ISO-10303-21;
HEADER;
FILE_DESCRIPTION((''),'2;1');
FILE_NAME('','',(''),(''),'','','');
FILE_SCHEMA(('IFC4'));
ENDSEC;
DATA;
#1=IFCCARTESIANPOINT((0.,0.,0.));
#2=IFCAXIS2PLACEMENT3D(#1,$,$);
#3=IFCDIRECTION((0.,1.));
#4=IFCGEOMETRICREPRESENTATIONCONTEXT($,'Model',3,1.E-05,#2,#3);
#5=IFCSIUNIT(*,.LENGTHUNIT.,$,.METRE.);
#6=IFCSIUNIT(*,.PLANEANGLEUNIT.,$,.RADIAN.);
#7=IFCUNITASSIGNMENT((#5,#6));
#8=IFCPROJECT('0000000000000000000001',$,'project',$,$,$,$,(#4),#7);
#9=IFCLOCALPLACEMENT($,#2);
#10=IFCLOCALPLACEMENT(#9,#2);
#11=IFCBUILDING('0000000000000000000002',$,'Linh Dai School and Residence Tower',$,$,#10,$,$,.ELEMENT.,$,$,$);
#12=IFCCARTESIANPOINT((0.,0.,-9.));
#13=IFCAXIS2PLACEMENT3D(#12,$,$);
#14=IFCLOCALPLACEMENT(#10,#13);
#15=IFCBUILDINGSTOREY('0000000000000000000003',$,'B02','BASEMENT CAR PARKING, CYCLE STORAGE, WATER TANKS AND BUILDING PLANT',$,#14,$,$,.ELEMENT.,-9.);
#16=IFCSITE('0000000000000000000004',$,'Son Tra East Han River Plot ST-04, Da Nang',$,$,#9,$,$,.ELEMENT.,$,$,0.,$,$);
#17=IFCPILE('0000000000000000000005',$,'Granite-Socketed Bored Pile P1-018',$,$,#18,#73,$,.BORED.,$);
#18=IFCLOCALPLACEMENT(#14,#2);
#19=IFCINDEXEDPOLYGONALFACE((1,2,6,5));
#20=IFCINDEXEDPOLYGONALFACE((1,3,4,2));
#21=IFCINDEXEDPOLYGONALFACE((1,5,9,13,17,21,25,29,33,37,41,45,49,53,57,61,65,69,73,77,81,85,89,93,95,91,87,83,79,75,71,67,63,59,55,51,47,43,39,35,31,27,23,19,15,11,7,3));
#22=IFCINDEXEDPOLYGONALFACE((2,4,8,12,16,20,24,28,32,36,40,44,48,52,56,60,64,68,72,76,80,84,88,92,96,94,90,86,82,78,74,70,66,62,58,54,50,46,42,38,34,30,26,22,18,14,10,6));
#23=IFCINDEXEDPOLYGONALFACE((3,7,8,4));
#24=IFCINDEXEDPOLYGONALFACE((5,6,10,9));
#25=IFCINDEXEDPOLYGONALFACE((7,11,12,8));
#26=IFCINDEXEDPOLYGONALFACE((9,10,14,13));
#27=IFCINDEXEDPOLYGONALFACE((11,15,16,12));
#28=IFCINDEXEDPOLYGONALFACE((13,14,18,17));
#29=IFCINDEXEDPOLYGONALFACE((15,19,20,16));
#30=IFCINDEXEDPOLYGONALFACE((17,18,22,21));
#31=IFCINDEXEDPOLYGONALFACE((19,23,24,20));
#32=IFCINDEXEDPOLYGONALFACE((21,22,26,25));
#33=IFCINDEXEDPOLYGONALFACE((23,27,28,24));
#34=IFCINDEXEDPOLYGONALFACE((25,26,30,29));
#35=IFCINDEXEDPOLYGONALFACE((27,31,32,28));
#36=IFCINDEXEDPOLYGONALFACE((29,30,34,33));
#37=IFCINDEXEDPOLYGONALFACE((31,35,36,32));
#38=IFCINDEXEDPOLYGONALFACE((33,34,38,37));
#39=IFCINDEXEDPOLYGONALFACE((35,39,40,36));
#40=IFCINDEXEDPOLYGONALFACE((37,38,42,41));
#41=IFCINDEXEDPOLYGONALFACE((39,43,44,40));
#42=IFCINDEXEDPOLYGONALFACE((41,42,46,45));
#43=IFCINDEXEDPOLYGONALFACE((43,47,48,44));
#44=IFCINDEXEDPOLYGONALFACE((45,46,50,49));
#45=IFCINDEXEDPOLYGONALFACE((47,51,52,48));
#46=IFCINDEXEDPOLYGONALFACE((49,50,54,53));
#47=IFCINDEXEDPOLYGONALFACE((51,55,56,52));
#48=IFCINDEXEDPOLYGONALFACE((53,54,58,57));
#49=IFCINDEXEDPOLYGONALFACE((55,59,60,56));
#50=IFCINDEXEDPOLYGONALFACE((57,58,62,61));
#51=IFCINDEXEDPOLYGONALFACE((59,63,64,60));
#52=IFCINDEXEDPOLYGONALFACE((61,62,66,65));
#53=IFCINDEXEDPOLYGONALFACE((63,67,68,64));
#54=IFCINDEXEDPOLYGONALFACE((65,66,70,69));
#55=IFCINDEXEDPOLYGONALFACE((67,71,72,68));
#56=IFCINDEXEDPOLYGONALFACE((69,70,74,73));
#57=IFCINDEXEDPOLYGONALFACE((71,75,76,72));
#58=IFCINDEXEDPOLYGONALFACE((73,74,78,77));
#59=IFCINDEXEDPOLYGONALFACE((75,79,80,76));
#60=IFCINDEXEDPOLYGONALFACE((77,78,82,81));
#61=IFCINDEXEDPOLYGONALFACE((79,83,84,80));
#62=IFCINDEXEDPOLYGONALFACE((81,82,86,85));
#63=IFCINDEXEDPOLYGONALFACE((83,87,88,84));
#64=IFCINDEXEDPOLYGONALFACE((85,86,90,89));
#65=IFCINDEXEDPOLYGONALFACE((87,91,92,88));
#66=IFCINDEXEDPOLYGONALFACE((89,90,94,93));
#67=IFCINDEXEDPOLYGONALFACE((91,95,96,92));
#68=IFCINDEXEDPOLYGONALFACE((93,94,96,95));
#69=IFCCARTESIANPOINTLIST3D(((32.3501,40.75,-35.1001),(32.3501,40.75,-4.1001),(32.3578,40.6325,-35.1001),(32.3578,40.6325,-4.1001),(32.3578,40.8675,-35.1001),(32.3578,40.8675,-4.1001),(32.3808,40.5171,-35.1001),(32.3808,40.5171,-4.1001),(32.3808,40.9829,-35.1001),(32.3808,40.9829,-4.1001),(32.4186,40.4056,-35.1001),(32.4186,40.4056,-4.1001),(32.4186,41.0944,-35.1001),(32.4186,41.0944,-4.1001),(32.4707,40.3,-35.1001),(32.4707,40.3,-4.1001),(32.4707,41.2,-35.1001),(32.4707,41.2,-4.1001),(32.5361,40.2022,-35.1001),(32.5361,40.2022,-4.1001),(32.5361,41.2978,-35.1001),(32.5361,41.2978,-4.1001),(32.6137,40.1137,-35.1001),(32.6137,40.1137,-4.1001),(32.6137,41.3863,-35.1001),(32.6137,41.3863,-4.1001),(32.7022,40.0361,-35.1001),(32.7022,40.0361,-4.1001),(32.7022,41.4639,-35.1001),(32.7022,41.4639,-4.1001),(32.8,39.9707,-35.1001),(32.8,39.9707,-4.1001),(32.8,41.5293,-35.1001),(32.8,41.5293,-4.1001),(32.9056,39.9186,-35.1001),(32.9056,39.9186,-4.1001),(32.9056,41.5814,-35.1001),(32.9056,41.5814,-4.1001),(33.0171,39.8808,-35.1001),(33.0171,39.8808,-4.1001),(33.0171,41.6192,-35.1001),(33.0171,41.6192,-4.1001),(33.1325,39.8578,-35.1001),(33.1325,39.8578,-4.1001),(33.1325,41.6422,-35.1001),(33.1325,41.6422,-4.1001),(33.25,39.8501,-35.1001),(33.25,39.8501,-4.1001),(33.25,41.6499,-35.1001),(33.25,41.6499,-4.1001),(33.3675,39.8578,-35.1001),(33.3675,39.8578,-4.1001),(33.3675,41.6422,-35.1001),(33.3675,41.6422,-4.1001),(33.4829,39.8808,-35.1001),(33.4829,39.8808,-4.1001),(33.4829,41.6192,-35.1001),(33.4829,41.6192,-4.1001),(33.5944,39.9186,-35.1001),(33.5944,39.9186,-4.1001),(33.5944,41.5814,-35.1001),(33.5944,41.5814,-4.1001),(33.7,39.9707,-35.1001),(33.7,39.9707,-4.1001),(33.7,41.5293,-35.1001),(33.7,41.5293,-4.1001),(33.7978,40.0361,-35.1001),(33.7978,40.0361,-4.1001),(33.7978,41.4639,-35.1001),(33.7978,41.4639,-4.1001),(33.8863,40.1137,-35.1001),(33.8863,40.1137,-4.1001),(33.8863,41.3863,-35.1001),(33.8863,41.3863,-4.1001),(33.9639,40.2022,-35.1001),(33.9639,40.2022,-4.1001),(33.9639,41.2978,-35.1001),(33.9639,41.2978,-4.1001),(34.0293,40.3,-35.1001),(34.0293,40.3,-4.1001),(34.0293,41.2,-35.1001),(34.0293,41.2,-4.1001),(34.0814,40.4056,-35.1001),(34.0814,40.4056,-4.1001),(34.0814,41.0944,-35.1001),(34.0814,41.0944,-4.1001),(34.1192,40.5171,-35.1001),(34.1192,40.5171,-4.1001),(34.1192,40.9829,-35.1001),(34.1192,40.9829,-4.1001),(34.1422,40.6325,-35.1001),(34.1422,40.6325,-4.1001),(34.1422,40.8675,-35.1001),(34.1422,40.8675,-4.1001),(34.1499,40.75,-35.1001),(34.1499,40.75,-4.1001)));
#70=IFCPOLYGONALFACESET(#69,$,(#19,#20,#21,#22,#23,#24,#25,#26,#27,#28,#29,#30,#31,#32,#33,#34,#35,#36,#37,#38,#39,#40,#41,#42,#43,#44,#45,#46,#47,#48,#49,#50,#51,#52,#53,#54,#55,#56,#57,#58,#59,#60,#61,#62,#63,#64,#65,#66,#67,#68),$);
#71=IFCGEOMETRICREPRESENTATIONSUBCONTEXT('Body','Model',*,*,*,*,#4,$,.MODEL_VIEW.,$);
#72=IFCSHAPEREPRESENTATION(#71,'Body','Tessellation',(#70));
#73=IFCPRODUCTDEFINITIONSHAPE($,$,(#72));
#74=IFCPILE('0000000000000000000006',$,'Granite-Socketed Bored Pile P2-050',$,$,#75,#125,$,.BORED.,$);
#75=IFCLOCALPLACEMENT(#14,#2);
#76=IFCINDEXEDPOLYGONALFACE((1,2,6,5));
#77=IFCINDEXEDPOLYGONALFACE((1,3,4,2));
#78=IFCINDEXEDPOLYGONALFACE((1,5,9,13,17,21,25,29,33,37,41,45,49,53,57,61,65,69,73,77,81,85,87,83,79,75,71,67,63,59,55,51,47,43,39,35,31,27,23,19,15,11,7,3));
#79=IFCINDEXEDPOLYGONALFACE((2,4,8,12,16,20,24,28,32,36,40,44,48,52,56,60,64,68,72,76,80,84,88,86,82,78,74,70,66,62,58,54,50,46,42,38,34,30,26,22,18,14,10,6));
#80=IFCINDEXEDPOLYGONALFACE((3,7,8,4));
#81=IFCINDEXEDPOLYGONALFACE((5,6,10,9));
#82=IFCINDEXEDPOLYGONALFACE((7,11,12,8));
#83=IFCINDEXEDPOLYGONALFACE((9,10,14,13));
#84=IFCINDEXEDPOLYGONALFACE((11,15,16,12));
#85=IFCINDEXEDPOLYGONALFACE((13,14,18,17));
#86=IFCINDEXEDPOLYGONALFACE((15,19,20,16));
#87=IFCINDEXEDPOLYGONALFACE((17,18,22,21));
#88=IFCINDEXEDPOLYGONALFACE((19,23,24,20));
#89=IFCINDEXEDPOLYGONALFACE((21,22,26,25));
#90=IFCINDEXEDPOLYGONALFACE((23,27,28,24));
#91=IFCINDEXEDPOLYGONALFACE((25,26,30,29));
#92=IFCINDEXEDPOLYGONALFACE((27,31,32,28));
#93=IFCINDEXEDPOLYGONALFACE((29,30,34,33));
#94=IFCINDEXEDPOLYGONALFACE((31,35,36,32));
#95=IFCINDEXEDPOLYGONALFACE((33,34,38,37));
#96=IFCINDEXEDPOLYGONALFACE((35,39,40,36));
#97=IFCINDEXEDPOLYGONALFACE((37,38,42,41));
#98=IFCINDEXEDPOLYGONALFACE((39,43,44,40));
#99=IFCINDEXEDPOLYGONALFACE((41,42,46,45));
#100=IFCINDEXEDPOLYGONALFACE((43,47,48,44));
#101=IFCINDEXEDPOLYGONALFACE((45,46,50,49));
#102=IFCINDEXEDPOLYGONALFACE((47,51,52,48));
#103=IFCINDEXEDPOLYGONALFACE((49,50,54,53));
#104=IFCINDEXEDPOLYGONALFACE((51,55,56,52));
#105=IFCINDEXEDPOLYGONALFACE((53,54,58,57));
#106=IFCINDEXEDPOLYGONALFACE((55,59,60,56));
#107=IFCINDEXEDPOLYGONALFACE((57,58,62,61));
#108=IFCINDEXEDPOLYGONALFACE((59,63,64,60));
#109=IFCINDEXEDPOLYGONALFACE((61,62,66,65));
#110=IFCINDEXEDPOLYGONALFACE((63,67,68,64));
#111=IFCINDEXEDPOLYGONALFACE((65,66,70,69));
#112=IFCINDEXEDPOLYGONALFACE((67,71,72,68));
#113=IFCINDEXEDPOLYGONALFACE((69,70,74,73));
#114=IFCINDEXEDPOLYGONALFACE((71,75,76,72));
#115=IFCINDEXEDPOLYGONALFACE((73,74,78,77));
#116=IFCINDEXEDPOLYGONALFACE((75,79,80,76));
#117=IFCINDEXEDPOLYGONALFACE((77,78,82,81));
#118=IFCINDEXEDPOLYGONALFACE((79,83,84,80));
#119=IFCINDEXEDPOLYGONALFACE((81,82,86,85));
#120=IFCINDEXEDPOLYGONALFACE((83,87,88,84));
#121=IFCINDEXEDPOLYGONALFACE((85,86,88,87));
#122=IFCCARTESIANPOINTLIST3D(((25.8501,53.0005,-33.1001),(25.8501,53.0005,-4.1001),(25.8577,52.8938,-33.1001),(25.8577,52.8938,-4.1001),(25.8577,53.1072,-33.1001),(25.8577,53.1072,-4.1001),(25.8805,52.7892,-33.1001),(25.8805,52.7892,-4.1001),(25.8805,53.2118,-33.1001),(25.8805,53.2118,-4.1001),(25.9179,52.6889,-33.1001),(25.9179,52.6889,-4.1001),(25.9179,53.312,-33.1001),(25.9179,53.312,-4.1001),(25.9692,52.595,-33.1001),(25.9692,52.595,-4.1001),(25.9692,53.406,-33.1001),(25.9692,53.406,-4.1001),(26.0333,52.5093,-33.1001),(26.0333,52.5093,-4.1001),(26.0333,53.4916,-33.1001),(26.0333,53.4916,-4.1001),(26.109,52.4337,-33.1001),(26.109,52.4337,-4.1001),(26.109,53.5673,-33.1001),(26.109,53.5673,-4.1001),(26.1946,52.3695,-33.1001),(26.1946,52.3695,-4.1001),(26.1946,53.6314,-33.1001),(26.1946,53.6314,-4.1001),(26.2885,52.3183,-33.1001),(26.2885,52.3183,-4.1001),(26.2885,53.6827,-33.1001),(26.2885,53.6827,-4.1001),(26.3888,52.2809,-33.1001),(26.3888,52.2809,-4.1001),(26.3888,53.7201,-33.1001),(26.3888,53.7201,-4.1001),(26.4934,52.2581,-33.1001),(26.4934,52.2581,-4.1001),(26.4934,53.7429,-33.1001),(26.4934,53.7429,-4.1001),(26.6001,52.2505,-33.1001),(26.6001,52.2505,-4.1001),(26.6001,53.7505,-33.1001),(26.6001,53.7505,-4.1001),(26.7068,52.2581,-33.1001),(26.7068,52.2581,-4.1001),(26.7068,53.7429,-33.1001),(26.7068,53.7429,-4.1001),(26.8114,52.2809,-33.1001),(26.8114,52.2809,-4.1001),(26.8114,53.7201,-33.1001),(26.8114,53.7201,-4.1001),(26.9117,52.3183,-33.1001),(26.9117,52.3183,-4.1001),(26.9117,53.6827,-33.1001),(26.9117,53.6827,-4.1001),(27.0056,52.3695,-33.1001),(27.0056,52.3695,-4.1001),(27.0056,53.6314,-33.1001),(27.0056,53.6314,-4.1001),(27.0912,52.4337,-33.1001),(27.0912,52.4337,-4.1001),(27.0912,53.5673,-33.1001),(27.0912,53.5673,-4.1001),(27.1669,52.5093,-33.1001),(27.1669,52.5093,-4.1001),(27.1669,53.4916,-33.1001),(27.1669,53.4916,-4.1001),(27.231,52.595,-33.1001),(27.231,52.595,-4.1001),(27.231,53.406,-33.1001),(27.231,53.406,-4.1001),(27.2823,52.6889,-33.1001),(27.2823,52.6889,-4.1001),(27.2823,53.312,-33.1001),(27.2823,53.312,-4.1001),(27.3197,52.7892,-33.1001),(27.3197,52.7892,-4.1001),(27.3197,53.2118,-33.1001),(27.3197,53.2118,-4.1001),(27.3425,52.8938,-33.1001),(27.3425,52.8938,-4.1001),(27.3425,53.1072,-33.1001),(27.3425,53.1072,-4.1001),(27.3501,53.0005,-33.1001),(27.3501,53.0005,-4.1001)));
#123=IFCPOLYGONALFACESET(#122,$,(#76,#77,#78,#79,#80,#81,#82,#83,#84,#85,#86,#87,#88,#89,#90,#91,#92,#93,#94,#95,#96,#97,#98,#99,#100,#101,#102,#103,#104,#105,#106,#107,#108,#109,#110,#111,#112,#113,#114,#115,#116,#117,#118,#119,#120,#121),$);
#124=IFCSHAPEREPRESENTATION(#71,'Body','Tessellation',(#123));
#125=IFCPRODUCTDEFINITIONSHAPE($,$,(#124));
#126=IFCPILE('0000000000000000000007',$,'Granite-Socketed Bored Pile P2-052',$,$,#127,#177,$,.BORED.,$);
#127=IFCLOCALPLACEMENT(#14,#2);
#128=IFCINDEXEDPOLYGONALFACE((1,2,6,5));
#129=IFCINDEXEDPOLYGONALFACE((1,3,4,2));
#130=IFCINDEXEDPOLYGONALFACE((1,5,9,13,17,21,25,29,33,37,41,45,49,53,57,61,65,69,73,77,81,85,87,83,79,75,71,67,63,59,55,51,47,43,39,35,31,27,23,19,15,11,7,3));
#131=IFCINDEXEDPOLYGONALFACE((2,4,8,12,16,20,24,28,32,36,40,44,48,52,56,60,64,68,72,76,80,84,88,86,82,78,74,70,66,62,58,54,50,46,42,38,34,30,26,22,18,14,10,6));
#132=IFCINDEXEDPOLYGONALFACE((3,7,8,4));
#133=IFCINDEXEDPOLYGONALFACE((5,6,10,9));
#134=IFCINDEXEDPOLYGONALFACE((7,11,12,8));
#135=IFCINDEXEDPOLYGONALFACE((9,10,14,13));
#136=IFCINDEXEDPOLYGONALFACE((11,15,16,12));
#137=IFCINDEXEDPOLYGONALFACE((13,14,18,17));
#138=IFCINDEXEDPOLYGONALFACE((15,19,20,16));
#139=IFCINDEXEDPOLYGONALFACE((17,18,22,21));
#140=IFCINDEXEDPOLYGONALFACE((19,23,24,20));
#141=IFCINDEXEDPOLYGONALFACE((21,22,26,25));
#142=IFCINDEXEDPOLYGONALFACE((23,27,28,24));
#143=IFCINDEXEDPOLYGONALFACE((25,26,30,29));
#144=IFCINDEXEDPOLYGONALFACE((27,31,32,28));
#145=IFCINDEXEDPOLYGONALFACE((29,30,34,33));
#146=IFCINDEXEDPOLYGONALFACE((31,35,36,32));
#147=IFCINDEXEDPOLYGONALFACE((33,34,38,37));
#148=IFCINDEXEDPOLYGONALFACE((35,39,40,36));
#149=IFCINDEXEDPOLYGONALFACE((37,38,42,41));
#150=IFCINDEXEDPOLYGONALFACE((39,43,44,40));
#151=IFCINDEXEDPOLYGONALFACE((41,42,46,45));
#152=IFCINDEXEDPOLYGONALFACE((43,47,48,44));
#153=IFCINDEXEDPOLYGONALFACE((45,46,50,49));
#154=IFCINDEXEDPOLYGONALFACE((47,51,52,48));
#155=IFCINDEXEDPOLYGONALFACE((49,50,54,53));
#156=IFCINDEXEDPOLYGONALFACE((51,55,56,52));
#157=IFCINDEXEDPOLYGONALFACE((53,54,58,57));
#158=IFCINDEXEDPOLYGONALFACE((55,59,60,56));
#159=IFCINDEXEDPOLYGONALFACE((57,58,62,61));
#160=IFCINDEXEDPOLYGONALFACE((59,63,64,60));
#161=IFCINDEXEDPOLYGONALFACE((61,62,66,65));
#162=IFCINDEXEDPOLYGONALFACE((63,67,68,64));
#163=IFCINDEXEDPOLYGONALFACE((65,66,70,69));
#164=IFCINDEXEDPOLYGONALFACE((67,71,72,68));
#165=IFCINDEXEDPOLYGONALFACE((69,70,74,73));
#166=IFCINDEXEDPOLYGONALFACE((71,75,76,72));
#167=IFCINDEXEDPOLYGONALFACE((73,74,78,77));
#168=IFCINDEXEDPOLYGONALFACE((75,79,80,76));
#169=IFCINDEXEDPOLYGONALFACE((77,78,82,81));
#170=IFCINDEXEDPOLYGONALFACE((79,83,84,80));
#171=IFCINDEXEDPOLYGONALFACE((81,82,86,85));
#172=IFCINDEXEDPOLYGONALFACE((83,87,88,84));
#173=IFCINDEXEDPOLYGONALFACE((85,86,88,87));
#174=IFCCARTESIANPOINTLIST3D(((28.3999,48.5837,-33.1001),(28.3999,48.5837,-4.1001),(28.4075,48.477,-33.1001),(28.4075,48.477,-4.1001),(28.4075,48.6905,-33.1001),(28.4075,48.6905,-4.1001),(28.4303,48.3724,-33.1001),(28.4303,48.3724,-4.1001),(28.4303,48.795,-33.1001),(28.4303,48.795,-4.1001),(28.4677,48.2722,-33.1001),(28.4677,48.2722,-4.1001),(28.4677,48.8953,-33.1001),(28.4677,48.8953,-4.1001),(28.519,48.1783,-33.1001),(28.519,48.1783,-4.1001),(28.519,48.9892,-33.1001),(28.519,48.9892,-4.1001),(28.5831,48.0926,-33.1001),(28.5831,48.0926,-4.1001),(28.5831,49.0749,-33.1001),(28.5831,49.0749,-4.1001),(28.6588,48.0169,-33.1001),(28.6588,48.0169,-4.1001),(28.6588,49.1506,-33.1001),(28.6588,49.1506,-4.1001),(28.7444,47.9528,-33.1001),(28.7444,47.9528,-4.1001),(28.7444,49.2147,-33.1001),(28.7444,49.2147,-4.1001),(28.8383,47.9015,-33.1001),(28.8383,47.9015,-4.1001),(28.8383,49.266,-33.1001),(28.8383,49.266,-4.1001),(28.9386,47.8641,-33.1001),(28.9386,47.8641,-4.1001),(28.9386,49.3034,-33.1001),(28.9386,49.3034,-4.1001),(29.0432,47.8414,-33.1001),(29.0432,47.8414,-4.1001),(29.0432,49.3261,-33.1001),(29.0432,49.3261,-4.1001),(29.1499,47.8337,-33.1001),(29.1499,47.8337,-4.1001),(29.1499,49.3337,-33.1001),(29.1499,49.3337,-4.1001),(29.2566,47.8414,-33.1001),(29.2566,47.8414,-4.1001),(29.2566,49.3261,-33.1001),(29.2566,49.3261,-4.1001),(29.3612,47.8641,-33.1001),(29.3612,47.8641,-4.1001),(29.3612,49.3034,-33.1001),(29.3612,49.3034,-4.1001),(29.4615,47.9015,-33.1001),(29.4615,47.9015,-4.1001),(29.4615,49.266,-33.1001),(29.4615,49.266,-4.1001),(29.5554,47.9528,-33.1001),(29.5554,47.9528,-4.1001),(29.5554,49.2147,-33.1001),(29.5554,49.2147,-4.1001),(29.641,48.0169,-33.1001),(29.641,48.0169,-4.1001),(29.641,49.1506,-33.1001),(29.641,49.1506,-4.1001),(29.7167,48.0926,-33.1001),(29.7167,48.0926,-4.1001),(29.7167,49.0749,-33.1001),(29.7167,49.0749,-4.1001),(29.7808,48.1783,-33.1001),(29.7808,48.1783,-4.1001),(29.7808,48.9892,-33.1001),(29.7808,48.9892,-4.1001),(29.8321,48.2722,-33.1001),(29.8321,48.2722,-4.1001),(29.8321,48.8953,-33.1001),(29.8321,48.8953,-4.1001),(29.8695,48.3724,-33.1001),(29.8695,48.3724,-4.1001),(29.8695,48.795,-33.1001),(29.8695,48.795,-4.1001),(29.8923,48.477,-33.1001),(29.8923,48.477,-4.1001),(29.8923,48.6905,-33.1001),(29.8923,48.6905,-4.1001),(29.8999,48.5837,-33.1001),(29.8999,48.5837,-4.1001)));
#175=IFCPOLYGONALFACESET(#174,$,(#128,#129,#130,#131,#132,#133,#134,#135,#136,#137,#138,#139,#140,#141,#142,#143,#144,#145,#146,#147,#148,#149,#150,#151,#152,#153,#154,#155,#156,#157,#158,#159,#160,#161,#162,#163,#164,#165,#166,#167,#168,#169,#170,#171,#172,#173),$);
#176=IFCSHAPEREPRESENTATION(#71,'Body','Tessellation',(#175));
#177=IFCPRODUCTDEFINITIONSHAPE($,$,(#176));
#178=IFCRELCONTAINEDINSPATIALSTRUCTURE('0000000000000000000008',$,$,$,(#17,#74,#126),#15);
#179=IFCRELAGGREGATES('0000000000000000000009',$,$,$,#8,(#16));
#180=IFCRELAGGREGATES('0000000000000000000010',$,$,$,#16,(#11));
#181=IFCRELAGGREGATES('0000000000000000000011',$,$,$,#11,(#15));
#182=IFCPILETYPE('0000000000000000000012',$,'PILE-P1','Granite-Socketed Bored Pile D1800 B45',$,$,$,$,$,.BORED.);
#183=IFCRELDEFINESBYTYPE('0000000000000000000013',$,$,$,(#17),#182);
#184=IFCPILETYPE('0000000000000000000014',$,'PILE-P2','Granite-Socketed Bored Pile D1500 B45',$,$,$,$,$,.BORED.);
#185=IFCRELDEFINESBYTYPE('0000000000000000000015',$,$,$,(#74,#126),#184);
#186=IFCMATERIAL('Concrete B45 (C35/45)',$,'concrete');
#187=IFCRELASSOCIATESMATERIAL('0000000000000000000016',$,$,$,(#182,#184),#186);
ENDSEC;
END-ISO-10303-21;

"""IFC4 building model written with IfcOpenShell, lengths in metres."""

from ifc_helpers import new_model, si_unit, direction, frame, origin, origin_2d, place, context, subcontext, project, spatial, circle, extrude, material, material_profile, profile_set, type_object, element, save


model = new_model("IFC4")

# Units and contexts
model_context = context("Model", 3, precision=1e-05, world=origin(), true_north=direction((0.0, 1.0)))
body_context = subcontext(model_context, "Body", "Model", "MODEL_VIEW")
ifc_project = project(units=[si_unit("LENGTHUNIT", "METRE"), si_unit("PLANEANGLEUNIT", "RADIAN")], contexts=[model_context])

# Site, building, storey
site_placement = place(None, origin())
site = spatial("IfcSite", under=ifc_project, at=site_placement, Name="Son Tra East Han River Plot ST-04, Da Nang", CompositionType="ELEMENT", RefElevation=0.0)
building_placement = place(site_placement, origin())
building = spatial("IfcBuilding", under=site, at=building_placement, Name="Linh Dai School and Residence Tower", CompositionType="ELEMENT")
storey_placement = place(building_placement, frame((0.0, 0.0, -9.0)))
storey = spatial("IfcBuildingStorey", under=building, at=storey_placement, Name="B02", Description="BASEMENT CAR PARKING, CYCLE STORAGE, WATER TANKS AND BUILDING PLANT", CompositionType="ELEMENT", Elevation=-9.0)

# Piles
ifc_material_1 = material(Name="Concrete B45 (C35/45)", Category="concrete")
ifc_material_profile_1 = material_profile(ifc_material_1, circle(Radius=0.8999, at=origin_2d()), Name="PILE D1800")
ifc_profile_set_1 = profile_set([ifc_material_profile_1], Name="Concrete B45 (C35/45)")
pile_type_1 = type_object("IfcPileType", Name="PILE-P1", Description="Granite-Socketed Bored Pile D1800 B45", PredefinedType="BORED", material=ifc_profile_set_1)
for number, where, z_axis, x_axis, name in (
    (1, (33.25, 40.75, -4.1001), (0.0, 0.0, -1.0), (1.0, 0.0, 0.0), "Granite-Socketed Bored Pile P1-018"),
):
    element("IfcPile", number, at=place(storey_placement, frame(where, z_axis=z_axis, x_axis=x_axis)), inside=storey, type_object=pile_type_1, Name=name, PredefinedType="BORED", context=body_context, shape_type="SweptSolid", body=[
        extrude(circle(Radius=0.8999, at=origin_2d()), origin(), (0.0, 0.0, 1.0), 31.0),
    ])
ifc_material_profile_2 = material_profile(ifc_material_1, circle(Radius=0.75, at=origin_2d()), Name="PILE D1500")
ifc_profile_set_2 = profile_set([ifc_material_profile_2], Name="Concrete B45 (C35/45)")
pile_type_2 = type_object("IfcPileType", Name="PILE-P2", Description="Granite-Socketed Bored Pile D1500 B45", PredefinedType="BORED", material=ifc_profile_set_2)
for number, where, z_axis, x_axis, name in (
    (2, (26.6001, 53.0005, -4.1001), (0.0, 0.0, -1.0), (1.0, 0.0, 0.0), "Granite-Socketed Bored Pile P2-050"),
    (3, (29.1499, 48.5837, -4.1001), (0.0, 0.0, -1.0), (1.0, 0.0, 0.0), "Granite-Socketed Bored Pile P2-052"),
):
    element("IfcPile", number, at=place(storey_placement, frame(where, z_axis=z_axis, x_axis=x_axis)), inside=storey, type_object=pile_type_2, Name=name, PredefinedType="BORED", context=body_context, shape_type="SweptSolid", body=[
        extrude(circle(Radius=0.75, at=origin_2d()), origin(), (0.0, 0.0, 1.0), 29.0),
    ])

save(model, "model.ifc")
